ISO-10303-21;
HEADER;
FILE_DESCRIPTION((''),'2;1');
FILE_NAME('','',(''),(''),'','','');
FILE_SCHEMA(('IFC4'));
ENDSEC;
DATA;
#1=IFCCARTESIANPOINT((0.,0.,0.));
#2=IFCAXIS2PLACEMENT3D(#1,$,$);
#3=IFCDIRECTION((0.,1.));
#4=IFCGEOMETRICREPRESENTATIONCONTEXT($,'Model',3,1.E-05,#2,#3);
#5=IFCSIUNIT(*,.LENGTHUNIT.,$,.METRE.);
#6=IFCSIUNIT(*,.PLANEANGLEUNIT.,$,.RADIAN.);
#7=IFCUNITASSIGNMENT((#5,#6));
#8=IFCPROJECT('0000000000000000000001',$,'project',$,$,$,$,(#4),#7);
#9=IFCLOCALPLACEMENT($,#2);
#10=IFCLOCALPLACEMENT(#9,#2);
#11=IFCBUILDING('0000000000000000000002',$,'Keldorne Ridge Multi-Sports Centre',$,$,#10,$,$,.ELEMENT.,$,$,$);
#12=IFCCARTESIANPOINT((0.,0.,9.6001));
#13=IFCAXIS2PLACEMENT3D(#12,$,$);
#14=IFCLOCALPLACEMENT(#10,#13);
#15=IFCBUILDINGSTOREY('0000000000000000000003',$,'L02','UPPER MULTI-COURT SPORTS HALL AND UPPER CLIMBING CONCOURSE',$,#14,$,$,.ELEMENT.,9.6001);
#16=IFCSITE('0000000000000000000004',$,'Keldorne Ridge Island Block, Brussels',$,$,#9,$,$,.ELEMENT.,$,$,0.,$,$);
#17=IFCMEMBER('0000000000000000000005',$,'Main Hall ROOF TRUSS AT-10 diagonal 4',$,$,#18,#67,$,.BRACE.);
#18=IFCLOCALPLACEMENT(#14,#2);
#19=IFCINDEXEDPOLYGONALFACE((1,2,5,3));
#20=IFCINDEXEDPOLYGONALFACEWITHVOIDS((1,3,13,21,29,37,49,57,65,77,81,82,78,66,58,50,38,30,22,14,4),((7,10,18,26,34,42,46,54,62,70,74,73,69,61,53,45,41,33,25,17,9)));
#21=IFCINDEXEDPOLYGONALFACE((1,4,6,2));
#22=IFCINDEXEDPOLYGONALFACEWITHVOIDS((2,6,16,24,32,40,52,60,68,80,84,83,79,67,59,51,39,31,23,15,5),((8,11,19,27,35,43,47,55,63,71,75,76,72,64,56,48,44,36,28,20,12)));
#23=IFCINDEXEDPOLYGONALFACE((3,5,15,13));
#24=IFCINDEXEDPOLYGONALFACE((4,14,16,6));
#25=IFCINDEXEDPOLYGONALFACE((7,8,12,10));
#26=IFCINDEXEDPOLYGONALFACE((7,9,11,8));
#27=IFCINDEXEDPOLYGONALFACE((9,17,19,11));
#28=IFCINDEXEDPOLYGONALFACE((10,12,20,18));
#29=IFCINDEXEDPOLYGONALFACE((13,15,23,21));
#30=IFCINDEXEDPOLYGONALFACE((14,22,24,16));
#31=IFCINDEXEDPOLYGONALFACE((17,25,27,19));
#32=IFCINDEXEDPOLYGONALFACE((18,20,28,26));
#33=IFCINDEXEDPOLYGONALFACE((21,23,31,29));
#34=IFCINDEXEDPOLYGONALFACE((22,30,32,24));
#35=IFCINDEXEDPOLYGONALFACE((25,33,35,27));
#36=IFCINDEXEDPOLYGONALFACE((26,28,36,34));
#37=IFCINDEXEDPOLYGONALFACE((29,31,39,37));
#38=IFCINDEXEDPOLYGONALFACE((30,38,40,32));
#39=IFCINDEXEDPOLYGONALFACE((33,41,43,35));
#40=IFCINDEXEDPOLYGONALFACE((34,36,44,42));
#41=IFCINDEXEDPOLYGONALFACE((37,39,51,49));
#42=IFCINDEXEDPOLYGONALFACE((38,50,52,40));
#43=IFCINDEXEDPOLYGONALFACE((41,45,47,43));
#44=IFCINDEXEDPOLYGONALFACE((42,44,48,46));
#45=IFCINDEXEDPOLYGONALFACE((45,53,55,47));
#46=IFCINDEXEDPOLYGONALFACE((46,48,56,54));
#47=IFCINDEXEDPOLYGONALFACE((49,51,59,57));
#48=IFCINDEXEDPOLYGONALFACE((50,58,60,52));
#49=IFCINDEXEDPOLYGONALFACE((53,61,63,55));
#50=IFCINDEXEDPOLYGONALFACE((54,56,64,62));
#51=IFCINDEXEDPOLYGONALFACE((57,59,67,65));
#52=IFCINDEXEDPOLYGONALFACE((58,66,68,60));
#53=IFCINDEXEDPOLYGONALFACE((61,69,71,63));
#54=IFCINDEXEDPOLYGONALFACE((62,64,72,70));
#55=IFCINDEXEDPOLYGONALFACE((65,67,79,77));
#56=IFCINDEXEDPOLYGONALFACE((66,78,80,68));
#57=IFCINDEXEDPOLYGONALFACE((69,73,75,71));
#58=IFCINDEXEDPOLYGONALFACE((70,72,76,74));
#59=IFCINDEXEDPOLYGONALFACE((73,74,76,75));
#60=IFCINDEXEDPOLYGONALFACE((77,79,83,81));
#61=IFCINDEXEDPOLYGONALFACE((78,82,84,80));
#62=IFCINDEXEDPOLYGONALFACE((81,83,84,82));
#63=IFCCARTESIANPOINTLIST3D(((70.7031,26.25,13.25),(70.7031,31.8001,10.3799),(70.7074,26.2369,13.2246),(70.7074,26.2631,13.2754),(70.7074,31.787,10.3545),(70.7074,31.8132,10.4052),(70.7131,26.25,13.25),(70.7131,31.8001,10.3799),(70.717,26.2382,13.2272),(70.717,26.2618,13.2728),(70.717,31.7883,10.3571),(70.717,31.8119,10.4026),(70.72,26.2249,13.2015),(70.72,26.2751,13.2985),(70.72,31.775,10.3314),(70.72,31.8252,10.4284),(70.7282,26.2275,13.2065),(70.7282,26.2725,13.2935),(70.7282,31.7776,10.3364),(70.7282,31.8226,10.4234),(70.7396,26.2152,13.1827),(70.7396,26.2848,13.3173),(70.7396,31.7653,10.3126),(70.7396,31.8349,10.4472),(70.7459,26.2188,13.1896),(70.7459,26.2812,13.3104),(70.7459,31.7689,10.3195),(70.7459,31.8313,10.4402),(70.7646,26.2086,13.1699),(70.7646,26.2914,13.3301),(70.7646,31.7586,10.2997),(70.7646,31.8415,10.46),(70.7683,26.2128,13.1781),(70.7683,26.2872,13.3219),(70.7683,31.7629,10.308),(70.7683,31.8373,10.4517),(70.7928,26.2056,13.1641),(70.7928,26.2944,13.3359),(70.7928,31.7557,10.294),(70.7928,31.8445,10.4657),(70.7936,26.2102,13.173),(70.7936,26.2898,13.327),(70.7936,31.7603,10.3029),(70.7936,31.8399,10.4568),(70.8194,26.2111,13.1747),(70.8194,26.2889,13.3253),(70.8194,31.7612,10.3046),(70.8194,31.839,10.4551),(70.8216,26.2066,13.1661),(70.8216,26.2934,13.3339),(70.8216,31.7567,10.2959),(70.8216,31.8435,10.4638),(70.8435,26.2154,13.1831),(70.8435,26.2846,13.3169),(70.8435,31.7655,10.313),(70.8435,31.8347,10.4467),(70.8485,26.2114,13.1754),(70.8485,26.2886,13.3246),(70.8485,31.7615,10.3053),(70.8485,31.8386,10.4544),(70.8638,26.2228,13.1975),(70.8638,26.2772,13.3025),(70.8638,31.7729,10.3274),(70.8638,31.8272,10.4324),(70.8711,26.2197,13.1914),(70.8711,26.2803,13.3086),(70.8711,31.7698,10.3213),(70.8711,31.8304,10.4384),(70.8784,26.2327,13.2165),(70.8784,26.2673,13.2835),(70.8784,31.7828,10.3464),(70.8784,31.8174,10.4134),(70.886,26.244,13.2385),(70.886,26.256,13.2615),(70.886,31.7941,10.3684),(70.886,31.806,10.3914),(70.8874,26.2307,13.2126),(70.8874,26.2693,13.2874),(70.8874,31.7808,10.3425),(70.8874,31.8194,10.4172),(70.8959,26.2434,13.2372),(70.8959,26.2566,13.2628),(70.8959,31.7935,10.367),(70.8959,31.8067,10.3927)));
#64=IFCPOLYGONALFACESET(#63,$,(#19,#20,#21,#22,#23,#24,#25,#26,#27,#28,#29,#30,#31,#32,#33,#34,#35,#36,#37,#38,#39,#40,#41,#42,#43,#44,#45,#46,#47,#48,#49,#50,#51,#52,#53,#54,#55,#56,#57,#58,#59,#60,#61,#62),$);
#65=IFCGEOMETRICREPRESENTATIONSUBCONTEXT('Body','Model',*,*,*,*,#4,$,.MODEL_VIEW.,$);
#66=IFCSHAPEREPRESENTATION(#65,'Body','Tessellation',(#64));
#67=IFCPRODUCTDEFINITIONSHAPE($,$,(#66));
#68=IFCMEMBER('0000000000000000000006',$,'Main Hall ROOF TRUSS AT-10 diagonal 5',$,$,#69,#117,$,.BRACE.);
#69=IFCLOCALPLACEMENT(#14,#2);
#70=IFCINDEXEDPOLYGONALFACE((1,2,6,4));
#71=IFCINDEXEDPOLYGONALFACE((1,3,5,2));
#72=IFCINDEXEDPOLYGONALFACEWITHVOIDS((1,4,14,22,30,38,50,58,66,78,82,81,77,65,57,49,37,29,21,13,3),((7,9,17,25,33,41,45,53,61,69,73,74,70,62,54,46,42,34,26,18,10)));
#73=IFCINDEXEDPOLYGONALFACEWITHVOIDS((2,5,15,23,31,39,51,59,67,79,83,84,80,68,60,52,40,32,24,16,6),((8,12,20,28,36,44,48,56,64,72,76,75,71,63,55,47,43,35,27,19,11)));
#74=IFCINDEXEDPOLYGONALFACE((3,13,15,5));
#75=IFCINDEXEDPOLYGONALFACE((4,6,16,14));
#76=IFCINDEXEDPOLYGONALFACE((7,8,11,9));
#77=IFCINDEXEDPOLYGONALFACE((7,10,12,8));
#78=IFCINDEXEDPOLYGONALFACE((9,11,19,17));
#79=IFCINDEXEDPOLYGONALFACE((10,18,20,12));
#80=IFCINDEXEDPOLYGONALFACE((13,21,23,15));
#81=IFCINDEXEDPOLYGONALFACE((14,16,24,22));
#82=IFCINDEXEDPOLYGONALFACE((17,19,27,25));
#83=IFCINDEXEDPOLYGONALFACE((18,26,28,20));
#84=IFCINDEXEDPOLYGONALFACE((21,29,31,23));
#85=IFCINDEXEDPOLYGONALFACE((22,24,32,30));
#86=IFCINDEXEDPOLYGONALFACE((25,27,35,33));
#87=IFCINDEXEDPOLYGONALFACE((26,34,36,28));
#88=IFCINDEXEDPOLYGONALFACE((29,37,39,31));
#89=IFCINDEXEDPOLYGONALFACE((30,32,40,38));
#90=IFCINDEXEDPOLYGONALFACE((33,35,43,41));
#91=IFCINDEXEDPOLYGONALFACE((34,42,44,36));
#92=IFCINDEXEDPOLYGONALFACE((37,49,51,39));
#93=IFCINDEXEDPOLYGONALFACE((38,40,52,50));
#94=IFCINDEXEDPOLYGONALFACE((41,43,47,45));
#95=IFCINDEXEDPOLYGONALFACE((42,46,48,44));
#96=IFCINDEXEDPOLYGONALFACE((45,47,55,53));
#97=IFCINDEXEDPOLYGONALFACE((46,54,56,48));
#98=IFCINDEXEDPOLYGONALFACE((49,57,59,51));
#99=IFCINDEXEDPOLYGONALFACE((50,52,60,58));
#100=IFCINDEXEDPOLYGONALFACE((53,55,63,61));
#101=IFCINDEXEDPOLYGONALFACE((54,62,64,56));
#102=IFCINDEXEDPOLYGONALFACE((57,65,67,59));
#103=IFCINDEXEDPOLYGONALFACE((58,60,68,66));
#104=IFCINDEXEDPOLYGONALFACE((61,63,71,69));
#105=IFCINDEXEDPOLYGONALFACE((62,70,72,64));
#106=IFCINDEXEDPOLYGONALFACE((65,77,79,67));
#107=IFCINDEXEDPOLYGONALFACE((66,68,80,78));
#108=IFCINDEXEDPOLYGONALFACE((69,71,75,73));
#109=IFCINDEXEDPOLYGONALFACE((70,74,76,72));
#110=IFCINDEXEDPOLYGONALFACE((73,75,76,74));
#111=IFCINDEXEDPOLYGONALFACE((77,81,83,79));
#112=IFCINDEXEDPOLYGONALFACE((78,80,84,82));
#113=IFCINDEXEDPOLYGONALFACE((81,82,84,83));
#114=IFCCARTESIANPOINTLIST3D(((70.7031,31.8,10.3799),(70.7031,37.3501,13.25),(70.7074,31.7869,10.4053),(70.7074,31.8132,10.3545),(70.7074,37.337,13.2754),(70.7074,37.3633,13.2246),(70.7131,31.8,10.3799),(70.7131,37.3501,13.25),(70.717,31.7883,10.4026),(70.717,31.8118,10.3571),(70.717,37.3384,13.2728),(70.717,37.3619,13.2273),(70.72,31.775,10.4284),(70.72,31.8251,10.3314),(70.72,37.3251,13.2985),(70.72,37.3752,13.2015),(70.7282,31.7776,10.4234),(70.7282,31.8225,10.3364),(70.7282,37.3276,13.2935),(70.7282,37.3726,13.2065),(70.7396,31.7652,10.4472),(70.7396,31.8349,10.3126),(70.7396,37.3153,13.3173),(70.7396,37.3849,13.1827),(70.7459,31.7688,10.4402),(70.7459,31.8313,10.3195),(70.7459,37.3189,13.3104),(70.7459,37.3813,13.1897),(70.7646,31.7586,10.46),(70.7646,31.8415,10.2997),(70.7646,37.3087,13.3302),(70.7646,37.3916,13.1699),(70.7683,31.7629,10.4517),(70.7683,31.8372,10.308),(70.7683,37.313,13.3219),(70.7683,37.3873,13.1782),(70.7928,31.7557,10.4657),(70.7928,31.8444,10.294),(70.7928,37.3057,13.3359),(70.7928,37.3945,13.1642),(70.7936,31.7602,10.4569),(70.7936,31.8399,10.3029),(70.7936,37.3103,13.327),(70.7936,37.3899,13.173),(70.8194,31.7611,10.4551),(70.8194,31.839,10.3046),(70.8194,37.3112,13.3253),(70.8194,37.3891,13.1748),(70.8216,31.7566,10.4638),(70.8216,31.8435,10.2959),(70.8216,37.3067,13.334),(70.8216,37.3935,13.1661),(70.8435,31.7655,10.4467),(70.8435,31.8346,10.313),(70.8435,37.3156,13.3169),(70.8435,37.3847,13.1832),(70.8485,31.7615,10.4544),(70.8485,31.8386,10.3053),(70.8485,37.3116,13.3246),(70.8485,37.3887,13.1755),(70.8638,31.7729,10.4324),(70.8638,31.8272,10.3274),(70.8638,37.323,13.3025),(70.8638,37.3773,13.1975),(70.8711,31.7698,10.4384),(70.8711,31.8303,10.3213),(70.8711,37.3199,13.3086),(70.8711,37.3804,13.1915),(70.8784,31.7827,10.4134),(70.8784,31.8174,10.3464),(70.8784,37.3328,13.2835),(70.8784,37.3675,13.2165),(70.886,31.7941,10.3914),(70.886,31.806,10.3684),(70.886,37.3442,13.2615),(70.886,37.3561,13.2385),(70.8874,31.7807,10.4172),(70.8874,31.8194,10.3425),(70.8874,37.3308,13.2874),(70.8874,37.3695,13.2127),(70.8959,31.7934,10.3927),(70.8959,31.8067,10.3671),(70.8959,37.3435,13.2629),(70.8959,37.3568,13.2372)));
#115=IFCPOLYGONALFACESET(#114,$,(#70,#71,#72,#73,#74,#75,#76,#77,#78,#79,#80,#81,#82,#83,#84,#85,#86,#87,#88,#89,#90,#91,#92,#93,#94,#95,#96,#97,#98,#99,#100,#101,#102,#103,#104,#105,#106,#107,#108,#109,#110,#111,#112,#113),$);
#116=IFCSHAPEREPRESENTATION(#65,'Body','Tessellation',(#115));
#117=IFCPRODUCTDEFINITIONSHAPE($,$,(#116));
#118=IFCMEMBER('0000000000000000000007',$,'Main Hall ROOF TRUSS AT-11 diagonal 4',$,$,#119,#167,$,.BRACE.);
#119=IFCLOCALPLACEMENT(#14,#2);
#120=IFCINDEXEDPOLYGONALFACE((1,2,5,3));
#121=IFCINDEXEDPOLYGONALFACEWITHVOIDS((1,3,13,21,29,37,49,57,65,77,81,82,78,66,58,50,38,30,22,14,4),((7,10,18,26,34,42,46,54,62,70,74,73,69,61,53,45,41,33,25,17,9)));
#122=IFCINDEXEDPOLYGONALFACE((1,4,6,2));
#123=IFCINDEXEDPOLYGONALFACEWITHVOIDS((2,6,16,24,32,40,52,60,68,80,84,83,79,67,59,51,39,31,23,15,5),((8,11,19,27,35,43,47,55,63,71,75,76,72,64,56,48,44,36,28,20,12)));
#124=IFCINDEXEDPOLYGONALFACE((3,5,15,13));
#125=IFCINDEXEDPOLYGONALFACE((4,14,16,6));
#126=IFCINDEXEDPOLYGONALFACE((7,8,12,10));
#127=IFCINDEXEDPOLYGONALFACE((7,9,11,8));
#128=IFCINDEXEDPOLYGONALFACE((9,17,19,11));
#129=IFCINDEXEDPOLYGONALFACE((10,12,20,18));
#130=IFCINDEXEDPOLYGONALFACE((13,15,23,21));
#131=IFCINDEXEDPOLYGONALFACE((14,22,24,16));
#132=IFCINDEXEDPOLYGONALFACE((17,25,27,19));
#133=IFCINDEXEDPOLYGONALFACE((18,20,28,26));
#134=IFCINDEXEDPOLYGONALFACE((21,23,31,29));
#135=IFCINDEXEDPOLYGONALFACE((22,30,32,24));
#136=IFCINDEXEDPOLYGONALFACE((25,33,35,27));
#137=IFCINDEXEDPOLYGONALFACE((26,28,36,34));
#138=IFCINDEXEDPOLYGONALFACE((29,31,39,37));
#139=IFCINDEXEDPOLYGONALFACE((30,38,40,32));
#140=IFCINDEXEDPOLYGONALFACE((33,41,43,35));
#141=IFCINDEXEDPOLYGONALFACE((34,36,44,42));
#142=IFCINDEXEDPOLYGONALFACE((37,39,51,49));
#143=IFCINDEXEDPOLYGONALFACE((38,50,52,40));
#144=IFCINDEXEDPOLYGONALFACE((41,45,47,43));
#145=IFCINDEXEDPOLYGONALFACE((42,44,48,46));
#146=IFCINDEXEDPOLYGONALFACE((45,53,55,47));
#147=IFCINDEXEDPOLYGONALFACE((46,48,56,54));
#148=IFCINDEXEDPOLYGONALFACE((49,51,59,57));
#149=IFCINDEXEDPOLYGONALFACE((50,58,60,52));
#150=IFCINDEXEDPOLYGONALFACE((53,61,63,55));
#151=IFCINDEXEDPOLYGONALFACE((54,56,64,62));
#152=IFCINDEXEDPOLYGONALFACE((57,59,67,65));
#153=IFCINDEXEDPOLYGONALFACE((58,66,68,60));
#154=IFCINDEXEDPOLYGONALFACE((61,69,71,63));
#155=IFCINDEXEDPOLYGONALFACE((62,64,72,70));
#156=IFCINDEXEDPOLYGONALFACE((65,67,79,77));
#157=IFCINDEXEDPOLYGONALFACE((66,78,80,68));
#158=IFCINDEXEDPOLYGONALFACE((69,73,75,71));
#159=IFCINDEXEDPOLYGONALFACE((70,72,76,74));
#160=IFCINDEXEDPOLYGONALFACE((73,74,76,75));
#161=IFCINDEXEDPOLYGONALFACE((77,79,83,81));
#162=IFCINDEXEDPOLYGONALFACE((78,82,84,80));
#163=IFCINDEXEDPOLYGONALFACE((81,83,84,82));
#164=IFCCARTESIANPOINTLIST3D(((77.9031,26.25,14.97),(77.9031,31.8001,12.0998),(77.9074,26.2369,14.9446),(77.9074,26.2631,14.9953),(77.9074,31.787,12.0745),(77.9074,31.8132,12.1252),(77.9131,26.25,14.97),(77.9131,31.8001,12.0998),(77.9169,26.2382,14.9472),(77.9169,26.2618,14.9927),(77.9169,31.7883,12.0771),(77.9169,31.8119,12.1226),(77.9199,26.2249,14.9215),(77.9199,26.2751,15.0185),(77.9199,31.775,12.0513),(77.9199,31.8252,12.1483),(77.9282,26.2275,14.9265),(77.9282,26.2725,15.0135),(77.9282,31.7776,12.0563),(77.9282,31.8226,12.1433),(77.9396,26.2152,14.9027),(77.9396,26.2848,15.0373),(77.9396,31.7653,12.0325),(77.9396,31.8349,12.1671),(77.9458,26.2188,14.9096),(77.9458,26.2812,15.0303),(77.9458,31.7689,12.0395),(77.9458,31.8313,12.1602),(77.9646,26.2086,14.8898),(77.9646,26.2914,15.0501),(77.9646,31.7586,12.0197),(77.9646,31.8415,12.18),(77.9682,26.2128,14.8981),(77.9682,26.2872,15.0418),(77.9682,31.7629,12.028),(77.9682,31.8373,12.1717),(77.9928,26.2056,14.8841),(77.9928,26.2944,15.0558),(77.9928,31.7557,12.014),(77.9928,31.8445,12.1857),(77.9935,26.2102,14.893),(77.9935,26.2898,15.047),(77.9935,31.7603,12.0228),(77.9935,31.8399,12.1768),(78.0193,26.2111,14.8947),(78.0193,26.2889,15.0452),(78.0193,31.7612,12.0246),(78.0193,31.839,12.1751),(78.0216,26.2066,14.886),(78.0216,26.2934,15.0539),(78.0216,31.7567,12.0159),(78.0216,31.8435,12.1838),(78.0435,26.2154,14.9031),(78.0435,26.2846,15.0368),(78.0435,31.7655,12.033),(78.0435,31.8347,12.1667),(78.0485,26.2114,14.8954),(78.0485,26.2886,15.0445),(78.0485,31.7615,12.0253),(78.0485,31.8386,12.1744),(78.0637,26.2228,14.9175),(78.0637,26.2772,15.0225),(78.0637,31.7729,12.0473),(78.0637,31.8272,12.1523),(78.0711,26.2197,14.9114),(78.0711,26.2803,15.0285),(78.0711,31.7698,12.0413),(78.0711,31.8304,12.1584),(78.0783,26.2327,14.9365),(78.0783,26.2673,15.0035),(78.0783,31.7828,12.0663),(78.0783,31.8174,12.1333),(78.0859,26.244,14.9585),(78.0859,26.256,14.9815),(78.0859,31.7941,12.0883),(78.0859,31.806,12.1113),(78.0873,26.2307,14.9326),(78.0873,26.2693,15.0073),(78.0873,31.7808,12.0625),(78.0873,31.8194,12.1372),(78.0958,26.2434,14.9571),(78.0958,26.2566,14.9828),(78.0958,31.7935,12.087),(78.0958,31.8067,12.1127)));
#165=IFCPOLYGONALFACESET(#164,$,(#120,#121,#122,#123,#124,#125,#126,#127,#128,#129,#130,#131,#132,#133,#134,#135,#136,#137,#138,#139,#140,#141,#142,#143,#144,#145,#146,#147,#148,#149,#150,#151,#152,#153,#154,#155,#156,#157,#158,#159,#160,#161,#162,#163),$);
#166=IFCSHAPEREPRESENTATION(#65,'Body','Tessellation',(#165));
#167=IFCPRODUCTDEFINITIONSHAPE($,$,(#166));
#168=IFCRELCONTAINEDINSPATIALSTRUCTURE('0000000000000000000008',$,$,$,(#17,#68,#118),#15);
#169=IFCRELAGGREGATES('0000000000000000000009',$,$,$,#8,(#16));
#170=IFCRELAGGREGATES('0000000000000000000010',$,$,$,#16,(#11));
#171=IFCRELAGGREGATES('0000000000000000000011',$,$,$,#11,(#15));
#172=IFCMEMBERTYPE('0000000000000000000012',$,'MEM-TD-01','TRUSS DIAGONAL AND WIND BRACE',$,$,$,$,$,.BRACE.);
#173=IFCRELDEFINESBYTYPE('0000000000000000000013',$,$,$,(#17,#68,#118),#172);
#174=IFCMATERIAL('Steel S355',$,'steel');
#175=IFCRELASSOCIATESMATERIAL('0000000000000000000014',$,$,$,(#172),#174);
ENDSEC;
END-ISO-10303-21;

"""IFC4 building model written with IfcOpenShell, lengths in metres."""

from ifc_helpers import new_model, si_unit, direction, frame, origin, origin_2d, place, context, subcontext, project, spatial, hollow_circle, extrude, material, material_profile, profile_set, type_object, element, save


model = new_model("IFC4")

# Units and contexts
model_context = context("Model", 3, precision=1e-05, world=origin(), true_north=direction((0.0, 1.0)))
body_context = subcontext(model_context, "Body", "Model", "MODEL_VIEW")
ifc_project = project(units=[si_unit("LENGTHUNIT", "METRE"), si_unit("PLANEANGLEUNIT", "RADIAN")], contexts=[model_context])

# Site, building, storey
site_placement = place(None, origin())
site = spatial("IfcSite", under=ifc_project, at=site_placement, Name="Keldorne Ridge Island Block, Brussels", CompositionType="ELEMENT", RefElevation=0.0)
building_placement = place(site_placement, origin())
building = spatial("IfcBuilding", under=site, at=building_placement, Name="Keldorne Ridge Multi-Sports Centre", CompositionType="ELEMENT")
storey_placement = place(building_placement, frame((0.0, 0.0, 9.6001)))
storey = spatial("IfcBuildingStorey", under=building, at=storey_placement, Name="L02", Description="UPPER MULTI-COURT SPORTS HALL AND UPPER CLIMBING CONCOURSE", CompositionType="ELEMENT", Elevation=9.6001)

# Shared definitions
ifc_material = material(Name="Steel S355", Category="steel")

# Members
ifc_material_profile_1 = material_profile(ifc_material, hollow_circle(Radius=0.0969, WallThickness=0.01, at=origin_2d()), Name="CHS 193.7x10")
ifc_profile_set_1 = profile_set([ifc_material_profile_1], Name="Steel S355")
member_type_1 = type_object("IfcMemberType", Name="MEM-TD-01", Description="TRUSS DIAGONAL AND WIND BRACE", PredefinedType="BRACE", material=ifc_profile_set_1)
for number, where, z_axis, x_axis, name in (
    (1, (70.8, 26.25, 13.25), (0.0, 0.888257, -0.459347), (-1.0, 0.0, 0.0), "Main Hall ROOF TRUSS AT-10 diagonal 4"),
    (2, (70.8, 31.8, 10.3799), (0.0, 0.888257, 0.459347), (-1.0, 0.0, 0.0), "Main Hall ROOF TRUSS AT-10 diagonal 5"),
    (3, (78.0, 26.25, 14.97), (0.0, 0.888257, -0.459347), (-1.0, 0.0, 0.0), "Main Hall ROOF TRUSS AT-11 diagonal 4"),
):
    element("IfcMember", number, at=place(storey_placement, frame(where, z_axis=z_axis, x_axis=x_axis)), inside=storey, type_object=member_type_1, Name=name, PredefinedType="BRACE", context=body_context, shape_type="SweptSolid", body=[
        extrude(hollow_circle(Radius=0.0969, WallThickness=0.01, at=origin_2d()), origin(), (0.0, 0.0, 1.0), 6.2483),
    ])

save(model, "model.ifc")
